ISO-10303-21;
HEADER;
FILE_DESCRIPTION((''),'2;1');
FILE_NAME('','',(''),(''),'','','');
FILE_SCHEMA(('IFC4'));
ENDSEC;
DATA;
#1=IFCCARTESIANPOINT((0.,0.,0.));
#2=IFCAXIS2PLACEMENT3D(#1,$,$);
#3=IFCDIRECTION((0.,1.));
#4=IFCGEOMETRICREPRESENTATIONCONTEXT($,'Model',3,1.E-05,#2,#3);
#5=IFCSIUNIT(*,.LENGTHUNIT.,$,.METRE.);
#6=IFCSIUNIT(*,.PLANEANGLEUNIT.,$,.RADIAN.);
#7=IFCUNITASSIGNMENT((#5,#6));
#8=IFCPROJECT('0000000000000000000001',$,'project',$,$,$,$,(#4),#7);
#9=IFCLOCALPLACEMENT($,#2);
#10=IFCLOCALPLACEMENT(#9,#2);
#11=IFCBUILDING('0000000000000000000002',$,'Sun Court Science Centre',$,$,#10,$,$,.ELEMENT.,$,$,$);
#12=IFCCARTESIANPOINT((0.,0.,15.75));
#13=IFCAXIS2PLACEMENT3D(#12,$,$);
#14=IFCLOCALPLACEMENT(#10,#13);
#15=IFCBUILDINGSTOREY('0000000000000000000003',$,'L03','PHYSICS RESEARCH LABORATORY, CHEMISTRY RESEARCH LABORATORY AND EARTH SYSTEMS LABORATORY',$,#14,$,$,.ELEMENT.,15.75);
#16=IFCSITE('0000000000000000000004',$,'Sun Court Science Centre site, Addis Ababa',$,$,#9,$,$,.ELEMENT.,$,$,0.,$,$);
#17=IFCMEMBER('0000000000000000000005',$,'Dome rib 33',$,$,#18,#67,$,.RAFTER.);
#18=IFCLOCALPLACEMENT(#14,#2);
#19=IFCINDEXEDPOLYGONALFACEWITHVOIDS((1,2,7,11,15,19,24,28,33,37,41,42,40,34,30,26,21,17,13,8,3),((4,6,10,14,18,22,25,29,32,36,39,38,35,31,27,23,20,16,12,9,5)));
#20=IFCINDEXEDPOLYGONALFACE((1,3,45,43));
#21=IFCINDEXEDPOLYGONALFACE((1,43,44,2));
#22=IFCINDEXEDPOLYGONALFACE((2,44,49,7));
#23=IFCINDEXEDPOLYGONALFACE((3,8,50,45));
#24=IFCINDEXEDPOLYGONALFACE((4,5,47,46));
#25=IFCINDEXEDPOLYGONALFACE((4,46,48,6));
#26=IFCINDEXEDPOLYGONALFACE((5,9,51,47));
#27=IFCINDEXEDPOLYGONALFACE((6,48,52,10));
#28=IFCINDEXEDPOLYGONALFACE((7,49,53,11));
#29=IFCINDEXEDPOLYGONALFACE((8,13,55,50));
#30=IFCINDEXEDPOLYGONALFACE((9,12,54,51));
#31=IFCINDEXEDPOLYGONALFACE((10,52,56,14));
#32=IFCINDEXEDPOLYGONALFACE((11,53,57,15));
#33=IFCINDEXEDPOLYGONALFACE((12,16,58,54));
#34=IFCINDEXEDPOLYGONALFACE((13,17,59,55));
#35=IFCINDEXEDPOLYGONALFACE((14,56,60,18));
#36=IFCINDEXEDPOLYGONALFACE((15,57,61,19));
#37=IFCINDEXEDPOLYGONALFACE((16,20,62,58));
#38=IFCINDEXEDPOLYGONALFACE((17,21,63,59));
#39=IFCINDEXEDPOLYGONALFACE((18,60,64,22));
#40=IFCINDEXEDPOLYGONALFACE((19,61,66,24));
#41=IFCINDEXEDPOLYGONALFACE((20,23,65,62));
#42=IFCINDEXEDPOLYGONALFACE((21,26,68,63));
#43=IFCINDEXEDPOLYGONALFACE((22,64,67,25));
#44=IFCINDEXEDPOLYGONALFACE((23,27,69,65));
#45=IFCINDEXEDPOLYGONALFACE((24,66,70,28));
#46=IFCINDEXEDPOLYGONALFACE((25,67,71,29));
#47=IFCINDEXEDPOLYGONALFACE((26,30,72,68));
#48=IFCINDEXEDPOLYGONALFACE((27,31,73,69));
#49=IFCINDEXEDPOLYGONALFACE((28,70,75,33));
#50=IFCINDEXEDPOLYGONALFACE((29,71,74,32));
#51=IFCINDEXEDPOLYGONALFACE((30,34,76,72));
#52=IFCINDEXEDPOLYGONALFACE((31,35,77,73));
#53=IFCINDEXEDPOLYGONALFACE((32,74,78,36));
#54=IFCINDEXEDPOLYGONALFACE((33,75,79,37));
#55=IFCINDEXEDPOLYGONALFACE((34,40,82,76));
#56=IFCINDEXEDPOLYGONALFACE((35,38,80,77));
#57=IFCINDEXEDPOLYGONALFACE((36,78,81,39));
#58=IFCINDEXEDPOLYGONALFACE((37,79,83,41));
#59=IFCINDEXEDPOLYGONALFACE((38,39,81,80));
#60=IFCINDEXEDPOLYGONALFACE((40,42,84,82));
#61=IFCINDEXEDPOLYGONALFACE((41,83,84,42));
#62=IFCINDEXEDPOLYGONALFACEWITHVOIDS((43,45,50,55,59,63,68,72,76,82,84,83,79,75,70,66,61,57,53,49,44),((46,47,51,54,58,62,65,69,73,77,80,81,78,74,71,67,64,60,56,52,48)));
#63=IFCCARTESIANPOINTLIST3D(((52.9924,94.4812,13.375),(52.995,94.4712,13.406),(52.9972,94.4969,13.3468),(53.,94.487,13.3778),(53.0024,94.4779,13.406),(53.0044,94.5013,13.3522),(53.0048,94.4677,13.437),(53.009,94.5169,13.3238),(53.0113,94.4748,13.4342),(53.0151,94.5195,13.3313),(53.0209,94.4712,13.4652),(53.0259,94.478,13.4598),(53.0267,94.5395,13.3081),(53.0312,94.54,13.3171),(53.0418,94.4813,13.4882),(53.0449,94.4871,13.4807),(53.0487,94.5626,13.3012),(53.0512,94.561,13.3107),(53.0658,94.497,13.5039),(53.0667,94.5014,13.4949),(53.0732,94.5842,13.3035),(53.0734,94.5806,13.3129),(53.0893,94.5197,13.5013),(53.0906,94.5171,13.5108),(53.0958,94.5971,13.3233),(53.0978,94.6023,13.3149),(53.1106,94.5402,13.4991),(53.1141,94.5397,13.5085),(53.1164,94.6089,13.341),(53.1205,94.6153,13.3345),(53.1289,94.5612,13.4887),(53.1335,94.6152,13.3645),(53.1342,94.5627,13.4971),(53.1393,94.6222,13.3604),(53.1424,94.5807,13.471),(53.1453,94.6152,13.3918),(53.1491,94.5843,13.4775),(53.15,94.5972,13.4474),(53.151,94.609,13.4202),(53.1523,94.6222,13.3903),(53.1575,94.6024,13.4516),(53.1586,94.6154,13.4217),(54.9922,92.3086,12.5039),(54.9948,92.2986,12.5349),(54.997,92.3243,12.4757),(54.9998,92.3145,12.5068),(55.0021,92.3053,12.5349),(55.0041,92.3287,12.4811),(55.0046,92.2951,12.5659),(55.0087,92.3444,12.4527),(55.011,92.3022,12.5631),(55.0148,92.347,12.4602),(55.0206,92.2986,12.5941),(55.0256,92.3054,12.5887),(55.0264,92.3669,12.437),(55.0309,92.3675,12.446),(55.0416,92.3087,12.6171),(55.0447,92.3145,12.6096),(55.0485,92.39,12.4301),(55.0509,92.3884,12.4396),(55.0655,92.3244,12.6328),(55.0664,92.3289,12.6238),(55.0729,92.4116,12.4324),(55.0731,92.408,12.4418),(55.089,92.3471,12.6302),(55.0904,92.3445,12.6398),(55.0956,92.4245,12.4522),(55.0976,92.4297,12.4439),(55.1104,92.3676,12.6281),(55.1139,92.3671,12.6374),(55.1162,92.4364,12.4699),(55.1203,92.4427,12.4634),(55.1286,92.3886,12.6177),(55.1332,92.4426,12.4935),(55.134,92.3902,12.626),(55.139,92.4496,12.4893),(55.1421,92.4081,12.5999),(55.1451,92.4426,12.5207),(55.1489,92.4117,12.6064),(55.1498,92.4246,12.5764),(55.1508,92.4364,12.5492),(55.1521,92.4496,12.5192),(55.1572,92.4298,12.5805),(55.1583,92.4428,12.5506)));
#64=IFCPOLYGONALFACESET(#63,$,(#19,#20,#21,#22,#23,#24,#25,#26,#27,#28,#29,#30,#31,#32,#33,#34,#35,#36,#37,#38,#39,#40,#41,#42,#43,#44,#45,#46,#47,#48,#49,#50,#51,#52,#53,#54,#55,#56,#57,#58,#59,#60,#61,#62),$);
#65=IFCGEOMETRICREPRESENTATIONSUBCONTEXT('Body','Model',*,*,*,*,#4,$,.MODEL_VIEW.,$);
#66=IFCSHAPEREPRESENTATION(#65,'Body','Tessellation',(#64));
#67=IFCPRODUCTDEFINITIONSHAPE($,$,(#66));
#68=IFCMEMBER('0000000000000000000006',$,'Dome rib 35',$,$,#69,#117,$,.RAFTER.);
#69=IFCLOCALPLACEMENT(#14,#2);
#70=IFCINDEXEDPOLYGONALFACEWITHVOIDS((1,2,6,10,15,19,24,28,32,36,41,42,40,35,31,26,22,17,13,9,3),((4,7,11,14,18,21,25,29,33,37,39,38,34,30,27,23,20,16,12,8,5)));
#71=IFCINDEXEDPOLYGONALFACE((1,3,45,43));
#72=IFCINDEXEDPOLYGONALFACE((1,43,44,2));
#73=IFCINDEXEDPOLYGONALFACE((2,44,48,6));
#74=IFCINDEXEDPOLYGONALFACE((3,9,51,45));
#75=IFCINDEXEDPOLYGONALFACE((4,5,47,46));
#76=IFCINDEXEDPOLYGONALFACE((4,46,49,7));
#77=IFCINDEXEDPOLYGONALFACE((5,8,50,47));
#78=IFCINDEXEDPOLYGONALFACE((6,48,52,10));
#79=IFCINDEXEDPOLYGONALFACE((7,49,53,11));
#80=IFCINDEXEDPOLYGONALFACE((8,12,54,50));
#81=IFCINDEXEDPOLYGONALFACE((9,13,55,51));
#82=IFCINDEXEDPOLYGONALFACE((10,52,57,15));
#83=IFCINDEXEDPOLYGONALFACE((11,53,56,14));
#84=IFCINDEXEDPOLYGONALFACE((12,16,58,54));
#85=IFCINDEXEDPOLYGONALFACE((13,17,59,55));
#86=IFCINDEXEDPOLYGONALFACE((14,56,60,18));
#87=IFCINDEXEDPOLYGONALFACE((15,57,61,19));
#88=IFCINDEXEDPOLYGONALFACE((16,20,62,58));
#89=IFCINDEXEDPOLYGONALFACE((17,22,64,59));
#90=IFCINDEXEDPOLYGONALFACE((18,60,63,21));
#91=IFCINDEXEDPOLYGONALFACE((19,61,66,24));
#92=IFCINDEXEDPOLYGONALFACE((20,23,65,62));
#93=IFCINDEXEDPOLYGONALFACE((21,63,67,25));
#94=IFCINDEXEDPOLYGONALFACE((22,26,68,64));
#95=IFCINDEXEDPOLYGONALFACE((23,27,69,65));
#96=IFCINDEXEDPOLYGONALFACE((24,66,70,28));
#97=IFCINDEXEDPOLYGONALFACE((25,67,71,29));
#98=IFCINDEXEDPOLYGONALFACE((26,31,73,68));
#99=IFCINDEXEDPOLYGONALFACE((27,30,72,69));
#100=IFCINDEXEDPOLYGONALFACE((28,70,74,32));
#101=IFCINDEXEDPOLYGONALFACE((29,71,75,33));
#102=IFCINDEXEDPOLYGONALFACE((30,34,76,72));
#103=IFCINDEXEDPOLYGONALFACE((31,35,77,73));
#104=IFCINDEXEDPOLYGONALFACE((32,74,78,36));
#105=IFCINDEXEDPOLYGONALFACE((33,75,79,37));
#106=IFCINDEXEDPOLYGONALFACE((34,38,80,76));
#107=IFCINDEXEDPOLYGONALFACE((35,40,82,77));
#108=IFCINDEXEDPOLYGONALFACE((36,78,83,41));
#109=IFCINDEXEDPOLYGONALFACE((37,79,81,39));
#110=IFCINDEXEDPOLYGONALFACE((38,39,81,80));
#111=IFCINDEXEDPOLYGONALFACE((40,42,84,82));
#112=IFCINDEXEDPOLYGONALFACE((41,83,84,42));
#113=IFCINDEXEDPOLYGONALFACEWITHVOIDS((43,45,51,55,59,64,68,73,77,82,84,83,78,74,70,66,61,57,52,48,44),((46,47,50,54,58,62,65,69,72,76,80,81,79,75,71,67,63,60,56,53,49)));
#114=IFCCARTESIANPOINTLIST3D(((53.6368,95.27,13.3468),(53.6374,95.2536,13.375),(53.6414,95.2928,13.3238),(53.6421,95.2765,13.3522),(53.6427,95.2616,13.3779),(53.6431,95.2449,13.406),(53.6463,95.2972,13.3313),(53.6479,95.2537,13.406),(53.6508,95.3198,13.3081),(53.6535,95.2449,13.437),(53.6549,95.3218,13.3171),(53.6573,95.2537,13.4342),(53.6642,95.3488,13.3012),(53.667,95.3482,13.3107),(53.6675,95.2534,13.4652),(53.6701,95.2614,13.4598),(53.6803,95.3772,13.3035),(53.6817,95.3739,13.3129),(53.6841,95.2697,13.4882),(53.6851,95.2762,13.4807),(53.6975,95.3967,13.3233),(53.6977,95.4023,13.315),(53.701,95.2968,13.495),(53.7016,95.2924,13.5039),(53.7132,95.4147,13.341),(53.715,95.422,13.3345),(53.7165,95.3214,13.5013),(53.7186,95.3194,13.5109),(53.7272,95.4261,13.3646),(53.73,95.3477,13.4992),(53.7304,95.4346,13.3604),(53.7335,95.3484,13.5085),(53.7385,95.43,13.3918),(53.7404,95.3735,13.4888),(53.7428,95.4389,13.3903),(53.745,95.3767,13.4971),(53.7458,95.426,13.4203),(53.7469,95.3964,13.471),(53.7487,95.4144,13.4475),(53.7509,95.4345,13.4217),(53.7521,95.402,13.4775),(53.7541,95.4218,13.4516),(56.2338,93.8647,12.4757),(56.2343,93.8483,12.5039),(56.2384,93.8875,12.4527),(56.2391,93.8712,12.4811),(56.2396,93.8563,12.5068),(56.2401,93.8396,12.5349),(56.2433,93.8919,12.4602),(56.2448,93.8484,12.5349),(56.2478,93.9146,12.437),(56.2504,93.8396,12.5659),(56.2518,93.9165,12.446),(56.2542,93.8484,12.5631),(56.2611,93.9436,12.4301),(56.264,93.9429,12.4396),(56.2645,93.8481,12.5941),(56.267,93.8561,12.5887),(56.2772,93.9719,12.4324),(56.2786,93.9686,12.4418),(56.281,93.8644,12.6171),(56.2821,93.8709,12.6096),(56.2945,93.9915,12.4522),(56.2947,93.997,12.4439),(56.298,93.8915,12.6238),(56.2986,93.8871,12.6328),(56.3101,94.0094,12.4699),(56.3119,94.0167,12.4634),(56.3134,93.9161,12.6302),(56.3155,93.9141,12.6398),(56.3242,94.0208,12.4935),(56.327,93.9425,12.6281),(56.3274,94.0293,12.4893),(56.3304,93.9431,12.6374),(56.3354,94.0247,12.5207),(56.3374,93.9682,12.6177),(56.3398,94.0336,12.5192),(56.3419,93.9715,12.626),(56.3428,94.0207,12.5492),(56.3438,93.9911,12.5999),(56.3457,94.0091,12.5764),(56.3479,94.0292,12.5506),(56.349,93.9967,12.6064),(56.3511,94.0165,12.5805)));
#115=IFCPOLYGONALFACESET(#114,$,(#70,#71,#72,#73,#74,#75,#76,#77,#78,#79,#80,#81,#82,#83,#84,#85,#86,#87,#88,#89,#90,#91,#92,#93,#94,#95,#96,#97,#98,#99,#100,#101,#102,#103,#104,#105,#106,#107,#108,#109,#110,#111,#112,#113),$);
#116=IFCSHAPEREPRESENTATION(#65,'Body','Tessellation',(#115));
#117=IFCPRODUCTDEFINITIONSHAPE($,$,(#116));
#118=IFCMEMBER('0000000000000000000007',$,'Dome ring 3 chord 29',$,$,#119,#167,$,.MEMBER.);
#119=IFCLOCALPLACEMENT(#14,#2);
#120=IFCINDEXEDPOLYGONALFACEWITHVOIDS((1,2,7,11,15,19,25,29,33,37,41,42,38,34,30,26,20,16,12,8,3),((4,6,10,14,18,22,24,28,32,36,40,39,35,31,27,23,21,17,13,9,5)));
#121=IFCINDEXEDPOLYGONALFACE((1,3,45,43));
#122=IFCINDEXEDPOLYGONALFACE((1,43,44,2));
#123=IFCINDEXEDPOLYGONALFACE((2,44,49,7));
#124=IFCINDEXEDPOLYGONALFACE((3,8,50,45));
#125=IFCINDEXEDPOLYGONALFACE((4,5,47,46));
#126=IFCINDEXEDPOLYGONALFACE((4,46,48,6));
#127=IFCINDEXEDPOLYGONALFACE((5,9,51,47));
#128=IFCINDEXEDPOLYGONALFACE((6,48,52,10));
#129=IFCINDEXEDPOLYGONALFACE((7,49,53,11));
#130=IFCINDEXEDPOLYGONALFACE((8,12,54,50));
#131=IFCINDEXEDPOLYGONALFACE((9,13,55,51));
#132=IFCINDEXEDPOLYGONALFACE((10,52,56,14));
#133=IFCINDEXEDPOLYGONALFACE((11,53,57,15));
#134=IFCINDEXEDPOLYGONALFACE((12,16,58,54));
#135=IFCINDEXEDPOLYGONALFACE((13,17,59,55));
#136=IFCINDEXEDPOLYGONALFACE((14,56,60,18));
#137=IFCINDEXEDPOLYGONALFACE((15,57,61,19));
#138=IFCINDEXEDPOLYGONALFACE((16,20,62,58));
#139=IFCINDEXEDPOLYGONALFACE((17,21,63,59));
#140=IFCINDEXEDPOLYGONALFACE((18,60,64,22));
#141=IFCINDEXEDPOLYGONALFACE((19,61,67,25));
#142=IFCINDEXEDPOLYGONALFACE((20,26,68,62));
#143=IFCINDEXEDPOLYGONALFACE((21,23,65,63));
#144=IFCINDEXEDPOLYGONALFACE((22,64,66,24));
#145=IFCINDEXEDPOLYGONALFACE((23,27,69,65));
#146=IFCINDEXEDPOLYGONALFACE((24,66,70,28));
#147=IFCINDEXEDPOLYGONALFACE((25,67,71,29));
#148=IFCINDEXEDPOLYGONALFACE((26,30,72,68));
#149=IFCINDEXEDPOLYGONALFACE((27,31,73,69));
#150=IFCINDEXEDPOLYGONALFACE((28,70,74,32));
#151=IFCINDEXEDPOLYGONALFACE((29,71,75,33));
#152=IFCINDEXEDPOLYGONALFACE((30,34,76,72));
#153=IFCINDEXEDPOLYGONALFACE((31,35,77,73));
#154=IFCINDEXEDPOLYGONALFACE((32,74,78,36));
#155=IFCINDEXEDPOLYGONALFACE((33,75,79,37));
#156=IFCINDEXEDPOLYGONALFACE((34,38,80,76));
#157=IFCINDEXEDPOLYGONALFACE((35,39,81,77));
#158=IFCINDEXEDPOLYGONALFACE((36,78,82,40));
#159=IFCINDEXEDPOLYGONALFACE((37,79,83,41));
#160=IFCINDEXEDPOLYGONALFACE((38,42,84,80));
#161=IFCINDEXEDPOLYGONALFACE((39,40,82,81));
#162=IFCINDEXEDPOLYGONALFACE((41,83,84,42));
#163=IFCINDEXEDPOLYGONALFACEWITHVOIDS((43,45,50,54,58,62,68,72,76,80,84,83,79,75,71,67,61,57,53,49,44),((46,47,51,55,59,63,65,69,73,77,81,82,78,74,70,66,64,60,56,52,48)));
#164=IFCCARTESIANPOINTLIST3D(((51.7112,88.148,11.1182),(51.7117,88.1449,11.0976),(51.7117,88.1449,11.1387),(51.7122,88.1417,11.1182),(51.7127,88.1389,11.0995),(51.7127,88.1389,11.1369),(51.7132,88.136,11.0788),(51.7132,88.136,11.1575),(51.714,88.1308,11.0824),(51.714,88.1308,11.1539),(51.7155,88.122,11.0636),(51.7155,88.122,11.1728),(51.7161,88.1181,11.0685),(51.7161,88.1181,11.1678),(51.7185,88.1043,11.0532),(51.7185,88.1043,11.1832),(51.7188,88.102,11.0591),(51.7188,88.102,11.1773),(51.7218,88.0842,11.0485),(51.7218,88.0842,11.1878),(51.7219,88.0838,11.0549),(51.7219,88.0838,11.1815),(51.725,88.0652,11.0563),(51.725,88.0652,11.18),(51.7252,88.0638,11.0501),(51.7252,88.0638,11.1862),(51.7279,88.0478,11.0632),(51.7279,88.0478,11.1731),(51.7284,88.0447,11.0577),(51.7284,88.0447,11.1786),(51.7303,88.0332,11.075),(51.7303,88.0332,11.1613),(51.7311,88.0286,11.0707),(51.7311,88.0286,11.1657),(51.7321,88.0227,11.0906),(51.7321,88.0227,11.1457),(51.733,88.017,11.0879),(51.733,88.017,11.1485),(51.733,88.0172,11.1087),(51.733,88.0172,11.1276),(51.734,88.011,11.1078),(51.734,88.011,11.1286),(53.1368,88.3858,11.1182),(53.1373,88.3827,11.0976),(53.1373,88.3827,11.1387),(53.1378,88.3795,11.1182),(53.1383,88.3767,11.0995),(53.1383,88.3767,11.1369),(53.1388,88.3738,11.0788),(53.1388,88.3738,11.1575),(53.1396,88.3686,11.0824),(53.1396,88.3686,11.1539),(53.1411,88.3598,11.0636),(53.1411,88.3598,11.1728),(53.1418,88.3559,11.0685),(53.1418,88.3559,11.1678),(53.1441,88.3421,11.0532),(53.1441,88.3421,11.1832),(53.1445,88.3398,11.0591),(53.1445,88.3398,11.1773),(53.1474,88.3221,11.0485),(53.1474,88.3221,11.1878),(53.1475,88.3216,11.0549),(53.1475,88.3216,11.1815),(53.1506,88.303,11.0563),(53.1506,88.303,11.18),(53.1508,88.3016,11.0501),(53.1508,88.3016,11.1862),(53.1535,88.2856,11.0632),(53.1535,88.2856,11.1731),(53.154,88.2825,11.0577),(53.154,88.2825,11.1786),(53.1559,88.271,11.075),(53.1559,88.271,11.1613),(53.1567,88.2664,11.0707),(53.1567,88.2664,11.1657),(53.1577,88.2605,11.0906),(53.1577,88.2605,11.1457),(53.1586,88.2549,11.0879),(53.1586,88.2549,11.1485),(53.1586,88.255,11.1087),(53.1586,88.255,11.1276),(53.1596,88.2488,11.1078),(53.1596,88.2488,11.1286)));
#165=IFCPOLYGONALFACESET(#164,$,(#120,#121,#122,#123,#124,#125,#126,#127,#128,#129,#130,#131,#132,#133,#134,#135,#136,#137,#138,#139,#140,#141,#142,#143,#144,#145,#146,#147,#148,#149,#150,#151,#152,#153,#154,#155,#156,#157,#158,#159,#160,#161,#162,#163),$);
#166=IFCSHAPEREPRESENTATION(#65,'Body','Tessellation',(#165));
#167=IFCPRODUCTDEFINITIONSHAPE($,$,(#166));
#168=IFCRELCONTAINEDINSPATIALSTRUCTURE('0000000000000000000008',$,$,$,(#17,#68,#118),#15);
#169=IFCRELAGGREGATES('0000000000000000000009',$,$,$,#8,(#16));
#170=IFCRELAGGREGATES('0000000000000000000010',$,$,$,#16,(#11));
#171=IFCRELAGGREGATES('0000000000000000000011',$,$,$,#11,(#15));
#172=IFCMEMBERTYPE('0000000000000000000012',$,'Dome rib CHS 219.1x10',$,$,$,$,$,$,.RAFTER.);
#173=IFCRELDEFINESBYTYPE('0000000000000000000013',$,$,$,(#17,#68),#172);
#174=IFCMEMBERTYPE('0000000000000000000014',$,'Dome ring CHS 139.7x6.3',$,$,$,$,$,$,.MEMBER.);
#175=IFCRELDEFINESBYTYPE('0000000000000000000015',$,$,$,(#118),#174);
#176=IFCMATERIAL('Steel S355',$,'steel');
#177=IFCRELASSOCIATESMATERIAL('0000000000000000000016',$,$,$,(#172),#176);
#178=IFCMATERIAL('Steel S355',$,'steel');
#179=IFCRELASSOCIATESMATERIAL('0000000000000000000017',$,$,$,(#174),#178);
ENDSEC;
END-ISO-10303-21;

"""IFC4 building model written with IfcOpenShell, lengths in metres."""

from ifc_helpers import new_model, si_unit, direction, frame, origin, origin_2d, place, context, subcontext, project, spatial, hollow_circle, extrude, material, material_profile, profile_set, type_object, element, save


model = new_model("IFC4")

# Units and contexts
model_context = context("Model", 3, precision=1e-05, world=origin(), true_north=direction((0.0, 1.0)))
body_context = subcontext(model_context, "Body", "Model", "MODEL_VIEW")
ifc_project = project(units=[si_unit("LENGTHUNIT", "METRE"), si_unit("PLANEANGLEUNIT", "RADIAN")], contexts=[model_context])

# Site, building, storey
site_placement = place(None, origin())
site = spatial("IfcSite", under=ifc_project, at=site_placement, Name="Sun Court Science Centre site, Addis Ababa", CompositionType="ELEMENT", RefElevation=0.0)
building_placement = place(site_placement, origin())
building = spatial("IfcBuilding", under=site, at=building_placement, Name="Sun Court Science Centre", CompositionType="ELEMENT")
storey_placement = place(building_placement, frame((0.0, 0.0, 15.75)))
storey = spatial("IfcBuildingStorey", under=building, at=storey_placement, Name="L03", Description="PHYSICS RESEARCH LABORATORY, CHEMISTRY RESEARCH LABORATORY AND EARTH SYSTEMS LABORATORY", CompositionType="ELEMENT", Elevation=15.75)

# Members
ifc_material_1 = material(Name="Steel S355", Category="steel")
ifc_material_profile_1 = material_profile(ifc_material_1, hollow_circle(Radius=0.1096, WallThickness=0.01, at=origin_2d()), Name="CHS 219.1x10")
ifc_profile_set_1 = profile_set([ifc_material_profile_1], Name="Steel S355")
member_type_1 = type_object("IfcMemberType", Name="Dome rib CHS 219.1x10", PredefinedType="RAFTER", material=ifc_profile_set_1)
for number, where, z_axis, x_axis, name in (
    (1, (55.0754, 92.3728, 12.5349), (-0.649557, 0.705703, 0.282947), (-0.735769, -0.677232, 0.0), "Dome rib 33"),
    (2, (56.2922, 93.936, 12.5349), (-0.843548, 0.456469, 0.282954), (-0.475918, -0.87949, 0.0), "Dome rib 35"),
):
    element("IfcMember", number, at=place(storey_placement, frame(where, z_axis=z_axis, x_axis=x_axis)), inside=storey, type_object=member_type_1, Name=name, PredefinedType="RAFTER", context=body_context, shape_type="SweptSolid", body=[
        extrude(hollow_circle(Radius=0.1096, WallThickness=0.01, at=origin_2d()), origin(), (0.0, 0.0, 1.0), 3.0786),
    ])
ifc_material_2 = material(Name="Steel S355", Category="steel")
ifc_material_profile_2 = material_profile(ifc_material_2, hollow_circle(Radius=0.0698, WallThickness=0.0063, at=origin_2d()), Name="CHS 139.7x6.3")
ifc_profile_set_2 = profile_set([ifc_material_profile_2], Name="Steel S355")
member_type_2 = type_object("IfcMemberType", Name="Dome ring CHS 139.7x6.3", PredefinedType="MEMBER", material=ifc_profile_set_2)
member_1_placement = place(storey_placement, frame((51.7227, 88.0791, 11.1182), z_axis=(0.986371, 0.164536, 0.0), x_axis=(-0.164536, 0.986371, 0.0)))
element("IfcMember", 3, at=member_1_placement, inside=storey, type_object=member_type_2, Name="Dome ring 3 chord 29", PredefinedType="MEMBER", context=body_context, shape_type="SweptSolid", body=[
    extrude(hollow_circle(Radius=0.0698, WallThickness=0.0063, at=origin_2d()), origin(), (0.0, 0.0, 1.0), 1.4453),
])

save(model, "model.ifc")
